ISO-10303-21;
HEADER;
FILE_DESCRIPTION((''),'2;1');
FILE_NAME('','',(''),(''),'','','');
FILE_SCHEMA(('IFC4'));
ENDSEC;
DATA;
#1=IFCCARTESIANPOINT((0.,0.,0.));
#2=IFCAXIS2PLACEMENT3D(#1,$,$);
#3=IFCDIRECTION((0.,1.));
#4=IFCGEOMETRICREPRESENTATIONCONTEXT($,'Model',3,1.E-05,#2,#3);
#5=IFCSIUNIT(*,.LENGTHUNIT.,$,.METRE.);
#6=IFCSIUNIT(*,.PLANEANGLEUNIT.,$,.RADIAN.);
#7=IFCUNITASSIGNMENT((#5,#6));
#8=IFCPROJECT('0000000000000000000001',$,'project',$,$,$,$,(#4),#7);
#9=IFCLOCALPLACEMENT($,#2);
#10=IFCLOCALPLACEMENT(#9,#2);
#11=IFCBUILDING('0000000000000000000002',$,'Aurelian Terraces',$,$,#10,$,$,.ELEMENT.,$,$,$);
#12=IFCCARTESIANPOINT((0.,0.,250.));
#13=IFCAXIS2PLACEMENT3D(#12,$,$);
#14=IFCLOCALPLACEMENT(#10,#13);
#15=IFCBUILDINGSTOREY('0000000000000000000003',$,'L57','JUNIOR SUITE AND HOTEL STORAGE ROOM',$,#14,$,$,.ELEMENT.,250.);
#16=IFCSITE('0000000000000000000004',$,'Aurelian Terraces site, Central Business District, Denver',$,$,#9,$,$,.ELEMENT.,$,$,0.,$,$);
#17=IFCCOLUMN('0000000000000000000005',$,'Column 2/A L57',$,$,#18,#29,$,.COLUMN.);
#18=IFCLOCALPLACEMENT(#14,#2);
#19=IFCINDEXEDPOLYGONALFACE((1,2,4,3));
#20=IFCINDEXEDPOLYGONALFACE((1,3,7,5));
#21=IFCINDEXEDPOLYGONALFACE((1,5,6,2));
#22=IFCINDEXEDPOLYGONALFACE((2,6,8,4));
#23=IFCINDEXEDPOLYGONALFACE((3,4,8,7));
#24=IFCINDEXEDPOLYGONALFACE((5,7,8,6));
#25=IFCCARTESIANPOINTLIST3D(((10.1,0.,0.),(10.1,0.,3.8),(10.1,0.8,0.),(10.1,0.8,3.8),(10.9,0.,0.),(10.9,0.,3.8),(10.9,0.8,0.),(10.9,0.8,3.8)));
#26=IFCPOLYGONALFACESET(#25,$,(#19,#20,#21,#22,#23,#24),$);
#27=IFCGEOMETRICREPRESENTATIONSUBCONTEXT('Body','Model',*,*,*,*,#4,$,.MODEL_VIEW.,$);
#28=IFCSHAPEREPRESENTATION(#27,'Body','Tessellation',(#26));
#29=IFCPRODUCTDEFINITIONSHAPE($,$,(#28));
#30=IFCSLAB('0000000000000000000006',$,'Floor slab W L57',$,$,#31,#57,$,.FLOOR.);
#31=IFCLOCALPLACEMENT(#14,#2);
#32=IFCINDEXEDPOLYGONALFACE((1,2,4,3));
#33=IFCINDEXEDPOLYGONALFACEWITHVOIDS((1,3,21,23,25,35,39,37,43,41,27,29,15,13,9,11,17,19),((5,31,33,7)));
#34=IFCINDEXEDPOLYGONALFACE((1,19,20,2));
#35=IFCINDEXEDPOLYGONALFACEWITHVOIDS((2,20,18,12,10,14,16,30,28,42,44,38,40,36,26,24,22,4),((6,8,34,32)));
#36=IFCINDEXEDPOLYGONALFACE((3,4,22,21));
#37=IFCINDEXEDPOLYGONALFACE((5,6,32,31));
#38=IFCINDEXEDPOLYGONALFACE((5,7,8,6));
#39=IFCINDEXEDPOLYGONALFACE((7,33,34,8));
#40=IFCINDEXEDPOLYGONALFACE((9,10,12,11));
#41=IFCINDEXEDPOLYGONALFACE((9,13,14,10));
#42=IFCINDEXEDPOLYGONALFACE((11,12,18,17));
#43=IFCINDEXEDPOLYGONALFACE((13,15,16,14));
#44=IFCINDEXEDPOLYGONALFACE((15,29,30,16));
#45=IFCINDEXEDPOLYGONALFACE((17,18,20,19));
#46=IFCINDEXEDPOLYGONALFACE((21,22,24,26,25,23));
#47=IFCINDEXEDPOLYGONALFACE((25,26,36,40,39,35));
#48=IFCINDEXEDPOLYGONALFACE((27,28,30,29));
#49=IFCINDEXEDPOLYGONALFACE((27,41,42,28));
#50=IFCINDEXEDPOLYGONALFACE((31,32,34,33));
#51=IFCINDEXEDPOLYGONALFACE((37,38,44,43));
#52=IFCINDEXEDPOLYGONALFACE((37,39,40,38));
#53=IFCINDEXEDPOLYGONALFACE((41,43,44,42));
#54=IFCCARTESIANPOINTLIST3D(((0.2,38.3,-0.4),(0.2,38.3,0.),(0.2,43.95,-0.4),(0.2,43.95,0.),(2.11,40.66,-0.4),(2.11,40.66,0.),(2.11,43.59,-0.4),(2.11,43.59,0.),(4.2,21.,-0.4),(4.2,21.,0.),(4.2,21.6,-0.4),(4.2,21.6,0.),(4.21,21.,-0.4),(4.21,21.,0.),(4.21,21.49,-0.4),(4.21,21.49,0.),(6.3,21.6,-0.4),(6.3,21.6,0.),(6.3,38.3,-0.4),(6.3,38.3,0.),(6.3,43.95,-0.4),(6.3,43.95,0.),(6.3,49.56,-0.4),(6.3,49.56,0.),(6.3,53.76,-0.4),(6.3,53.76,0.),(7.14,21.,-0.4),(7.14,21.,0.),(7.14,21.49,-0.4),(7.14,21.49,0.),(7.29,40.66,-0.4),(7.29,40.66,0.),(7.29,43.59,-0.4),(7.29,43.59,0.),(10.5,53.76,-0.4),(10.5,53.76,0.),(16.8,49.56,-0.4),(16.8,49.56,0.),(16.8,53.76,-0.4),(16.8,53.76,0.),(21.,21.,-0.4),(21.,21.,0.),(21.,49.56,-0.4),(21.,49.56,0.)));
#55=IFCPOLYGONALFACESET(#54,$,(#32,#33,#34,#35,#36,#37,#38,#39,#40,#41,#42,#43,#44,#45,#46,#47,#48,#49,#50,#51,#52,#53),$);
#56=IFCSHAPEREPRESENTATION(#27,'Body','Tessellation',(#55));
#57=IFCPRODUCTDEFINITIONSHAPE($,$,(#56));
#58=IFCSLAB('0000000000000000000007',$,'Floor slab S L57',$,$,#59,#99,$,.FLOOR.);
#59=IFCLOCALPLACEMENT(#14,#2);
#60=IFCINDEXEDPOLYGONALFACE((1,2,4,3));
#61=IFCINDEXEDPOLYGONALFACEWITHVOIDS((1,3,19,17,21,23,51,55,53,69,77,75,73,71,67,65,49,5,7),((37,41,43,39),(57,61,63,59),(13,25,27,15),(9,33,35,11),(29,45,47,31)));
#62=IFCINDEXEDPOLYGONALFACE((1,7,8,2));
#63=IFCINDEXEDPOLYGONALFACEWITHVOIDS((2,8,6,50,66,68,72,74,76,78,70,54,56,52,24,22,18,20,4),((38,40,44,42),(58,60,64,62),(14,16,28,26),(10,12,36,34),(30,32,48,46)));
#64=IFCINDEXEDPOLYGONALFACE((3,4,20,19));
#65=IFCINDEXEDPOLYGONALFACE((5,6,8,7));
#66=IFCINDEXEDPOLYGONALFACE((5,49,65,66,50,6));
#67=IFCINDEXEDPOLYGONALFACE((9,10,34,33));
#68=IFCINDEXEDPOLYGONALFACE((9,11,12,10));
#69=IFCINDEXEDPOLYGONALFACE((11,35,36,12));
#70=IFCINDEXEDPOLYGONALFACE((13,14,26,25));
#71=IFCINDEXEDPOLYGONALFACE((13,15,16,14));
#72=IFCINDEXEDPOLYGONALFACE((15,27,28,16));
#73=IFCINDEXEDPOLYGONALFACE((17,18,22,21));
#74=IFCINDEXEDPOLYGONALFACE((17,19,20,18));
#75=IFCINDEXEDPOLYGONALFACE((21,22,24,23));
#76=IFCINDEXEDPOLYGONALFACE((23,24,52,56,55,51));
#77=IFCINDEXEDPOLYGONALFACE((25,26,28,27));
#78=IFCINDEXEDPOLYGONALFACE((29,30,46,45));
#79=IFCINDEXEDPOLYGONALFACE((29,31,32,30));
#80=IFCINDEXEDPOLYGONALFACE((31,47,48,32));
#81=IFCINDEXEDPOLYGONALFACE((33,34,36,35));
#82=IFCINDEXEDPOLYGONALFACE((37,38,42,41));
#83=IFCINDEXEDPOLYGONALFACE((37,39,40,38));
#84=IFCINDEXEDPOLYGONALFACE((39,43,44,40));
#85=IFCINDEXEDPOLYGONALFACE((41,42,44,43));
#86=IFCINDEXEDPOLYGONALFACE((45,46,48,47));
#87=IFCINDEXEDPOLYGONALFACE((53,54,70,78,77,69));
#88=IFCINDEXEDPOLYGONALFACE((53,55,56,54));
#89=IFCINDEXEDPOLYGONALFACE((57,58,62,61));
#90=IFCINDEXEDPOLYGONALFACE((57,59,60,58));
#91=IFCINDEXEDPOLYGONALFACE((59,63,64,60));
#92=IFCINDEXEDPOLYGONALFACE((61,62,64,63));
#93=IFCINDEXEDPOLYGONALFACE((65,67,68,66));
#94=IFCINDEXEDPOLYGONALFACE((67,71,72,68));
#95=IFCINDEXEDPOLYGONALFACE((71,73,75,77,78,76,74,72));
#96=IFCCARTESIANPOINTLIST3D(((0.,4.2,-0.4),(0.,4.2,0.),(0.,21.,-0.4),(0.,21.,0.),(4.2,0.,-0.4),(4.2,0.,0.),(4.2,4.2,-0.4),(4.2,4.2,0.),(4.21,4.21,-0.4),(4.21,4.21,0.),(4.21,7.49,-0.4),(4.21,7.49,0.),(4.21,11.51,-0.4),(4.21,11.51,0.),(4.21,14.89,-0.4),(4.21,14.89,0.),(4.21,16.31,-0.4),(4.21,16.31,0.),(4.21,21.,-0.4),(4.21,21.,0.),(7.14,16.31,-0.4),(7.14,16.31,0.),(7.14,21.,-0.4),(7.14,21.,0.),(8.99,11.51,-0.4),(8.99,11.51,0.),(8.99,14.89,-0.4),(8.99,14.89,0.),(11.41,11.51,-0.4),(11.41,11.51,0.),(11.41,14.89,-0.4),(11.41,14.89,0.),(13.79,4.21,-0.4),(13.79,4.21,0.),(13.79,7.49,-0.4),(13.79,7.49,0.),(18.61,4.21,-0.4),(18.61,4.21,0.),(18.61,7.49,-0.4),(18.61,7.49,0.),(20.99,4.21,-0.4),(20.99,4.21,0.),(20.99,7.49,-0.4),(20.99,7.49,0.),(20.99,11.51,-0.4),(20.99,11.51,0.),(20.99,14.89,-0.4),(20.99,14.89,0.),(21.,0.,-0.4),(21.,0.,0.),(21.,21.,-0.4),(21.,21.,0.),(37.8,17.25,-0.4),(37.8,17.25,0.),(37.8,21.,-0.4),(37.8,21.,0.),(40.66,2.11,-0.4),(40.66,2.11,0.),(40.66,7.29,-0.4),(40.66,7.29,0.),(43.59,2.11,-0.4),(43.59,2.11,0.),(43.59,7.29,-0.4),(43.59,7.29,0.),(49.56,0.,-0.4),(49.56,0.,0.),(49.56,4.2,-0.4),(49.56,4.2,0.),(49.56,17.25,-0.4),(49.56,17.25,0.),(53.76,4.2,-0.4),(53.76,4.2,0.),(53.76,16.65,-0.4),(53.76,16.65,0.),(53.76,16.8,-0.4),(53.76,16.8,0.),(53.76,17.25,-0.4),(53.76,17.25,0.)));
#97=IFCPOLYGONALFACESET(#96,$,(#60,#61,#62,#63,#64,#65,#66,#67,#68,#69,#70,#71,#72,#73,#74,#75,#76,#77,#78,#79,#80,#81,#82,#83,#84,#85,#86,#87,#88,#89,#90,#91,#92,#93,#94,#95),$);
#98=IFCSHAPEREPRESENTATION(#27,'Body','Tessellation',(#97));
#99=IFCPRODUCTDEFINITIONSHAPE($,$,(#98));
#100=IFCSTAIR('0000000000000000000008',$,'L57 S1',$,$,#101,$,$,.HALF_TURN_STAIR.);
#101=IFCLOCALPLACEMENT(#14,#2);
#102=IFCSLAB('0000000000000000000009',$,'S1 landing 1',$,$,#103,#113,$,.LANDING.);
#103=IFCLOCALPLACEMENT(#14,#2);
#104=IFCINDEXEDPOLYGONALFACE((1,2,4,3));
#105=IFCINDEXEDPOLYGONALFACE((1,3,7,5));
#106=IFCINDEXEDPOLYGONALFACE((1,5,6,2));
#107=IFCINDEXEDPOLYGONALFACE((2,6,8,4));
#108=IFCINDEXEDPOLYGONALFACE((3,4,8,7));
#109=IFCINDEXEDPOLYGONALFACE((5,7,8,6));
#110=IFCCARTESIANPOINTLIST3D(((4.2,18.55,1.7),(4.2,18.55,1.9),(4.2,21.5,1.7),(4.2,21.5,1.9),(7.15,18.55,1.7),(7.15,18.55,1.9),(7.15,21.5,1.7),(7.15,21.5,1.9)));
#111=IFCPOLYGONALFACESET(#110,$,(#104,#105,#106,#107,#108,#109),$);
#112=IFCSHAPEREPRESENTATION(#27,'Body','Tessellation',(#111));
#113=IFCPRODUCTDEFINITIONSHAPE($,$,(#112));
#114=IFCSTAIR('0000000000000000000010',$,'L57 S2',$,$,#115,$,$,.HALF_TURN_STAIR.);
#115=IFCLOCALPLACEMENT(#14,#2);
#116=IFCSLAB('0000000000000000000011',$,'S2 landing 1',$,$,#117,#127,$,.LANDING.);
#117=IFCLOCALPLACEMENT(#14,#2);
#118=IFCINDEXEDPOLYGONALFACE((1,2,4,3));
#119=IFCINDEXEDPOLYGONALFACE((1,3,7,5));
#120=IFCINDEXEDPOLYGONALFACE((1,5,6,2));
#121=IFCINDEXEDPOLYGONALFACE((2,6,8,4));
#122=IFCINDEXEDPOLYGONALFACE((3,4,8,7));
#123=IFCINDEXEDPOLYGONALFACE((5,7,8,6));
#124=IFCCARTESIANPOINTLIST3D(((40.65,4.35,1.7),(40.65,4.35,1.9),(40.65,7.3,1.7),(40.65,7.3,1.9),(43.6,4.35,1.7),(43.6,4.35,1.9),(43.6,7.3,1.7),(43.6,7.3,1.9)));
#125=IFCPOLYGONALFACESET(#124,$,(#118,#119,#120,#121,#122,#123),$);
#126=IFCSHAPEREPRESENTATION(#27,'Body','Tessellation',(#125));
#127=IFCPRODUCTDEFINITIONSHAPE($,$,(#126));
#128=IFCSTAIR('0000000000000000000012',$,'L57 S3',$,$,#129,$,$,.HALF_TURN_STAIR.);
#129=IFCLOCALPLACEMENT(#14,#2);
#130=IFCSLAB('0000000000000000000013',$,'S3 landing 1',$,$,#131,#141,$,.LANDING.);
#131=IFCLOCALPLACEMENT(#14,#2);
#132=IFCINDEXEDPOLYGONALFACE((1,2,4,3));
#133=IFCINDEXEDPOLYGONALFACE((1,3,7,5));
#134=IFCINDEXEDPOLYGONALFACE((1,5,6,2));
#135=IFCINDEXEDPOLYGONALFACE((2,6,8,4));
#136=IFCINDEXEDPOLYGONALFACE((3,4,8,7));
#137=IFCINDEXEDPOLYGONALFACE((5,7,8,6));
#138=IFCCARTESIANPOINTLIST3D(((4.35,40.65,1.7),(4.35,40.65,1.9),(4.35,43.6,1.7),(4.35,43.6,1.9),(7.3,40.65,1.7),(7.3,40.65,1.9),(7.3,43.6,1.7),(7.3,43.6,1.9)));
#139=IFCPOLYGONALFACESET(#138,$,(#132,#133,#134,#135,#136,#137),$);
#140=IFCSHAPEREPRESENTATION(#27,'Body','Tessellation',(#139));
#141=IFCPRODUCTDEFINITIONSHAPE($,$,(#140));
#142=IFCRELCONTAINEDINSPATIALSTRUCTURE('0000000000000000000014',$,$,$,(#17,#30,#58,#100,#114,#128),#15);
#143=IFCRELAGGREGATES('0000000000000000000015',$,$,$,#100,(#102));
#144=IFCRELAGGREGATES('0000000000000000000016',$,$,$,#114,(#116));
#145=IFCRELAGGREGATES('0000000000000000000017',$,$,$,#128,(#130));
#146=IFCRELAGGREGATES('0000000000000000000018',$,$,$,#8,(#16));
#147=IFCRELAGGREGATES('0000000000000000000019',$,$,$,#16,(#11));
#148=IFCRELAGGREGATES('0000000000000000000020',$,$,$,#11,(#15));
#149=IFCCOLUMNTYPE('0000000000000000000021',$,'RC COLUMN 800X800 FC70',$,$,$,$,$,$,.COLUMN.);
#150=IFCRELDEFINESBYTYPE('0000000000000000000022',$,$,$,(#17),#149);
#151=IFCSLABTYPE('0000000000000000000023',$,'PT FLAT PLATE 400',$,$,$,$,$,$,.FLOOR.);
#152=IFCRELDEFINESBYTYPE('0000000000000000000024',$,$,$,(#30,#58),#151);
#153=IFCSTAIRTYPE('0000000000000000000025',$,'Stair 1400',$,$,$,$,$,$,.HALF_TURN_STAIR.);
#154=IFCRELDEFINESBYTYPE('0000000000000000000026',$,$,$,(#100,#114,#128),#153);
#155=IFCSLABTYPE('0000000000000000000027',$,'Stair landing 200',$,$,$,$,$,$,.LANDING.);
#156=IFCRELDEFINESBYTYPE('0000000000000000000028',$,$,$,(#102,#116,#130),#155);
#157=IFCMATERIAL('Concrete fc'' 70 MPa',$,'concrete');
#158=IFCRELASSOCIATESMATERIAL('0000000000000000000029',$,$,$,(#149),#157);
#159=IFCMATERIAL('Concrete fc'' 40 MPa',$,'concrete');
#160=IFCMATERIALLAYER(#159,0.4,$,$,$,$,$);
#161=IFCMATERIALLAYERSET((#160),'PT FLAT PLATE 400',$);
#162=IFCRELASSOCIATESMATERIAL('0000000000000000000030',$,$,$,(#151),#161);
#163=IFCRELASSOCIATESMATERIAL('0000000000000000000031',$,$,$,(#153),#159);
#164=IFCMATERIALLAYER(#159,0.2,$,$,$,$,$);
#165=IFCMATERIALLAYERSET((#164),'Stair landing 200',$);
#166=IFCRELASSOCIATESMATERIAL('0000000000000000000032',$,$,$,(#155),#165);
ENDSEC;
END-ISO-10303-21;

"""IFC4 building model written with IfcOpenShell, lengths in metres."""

from ifc_helpers import new_model, si_unit, direction, frame, origin, origin_2d, place, context, subcontext, project, spatial, polyline, rectangle, outline, extrude, source, transform, mapped, material, layer, layer_set, material_profile, profile_set, type_object, element, aggregate, save


model = new_model("IFC4")

# Units and contexts
model_context = context("Model", 3, precision=1e-05, world=origin(), true_north=direction((0.0, 1.0)))
body_context = subcontext(model_context, "Body", "Model", "MODEL_VIEW")
ifc_project = project(units=[si_unit("LENGTHUNIT", "METRE"), si_unit("PLANEANGLEUNIT", "RADIAN")], contexts=[model_context])

# Site, building, storey
site_placement = place(None, origin())
site = spatial("IfcSite", under=ifc_project, at=site_placement, Name="Aurelian Terraces site, Central Business District, Denver", CompositionType="ELEMENT", RefElevation=0.0)
building_placement = place(site_placement, origin())
building = spatial("IfcBuilding", under=site, at=building_placement, Name="Aurelian Terraces", CompositionType="ELEMENT")
storey_placement = place(building_placement, frame((0.0, 0.0, 250.0)))
storey = spatial("IfcBuildingStorey", under=building, at=storey_placement, Name="L57", Description="JUNIOR SUITE AND HOTEL STORAGE ROOM", CompositionType="ELEMENT", Elevation=250.0)

# Column
ifc_material_1 = material(Name="Concrete fc' 70 MPa", Category="concrete")
ifc_material_profile = material_profile(ifc_material_1, rectangle(XDim=0.8, YDim=0.8, at=origin_2d()))
ifc_profile_set = profile_set([ifc_material_profile], Name="Concrete fc' 70 MPa")
column_type = type_object("IfcColumnType", Name="RC COLUMN 800X800 FC70", PredefinedType="COLUMN", material=ifc_profile_set)
shared_shape_1 = source(origin(), body_context, "Body", "SweptSolid", [
    extrude(rectangle(XDim=0.8, YDim=0.8, at=origin_2d()), origin(), (0.0, 0.0, 1.0), 3.8),
])
column_placement = place(storey_placement, frame((10.5, 0.4, 0.0), z_axis=(0.0, 0.0, 1.0), x_axis=(1.0, 0.0, 0.0)))
element("IfcColumn", 1, at=column_placement, inside=storey, type_object=column_type, Name="Column 2/A L57", PredefinedType="COLUMN", context=body_context, shape_type="MappedRepresentation", body=[
    mapped(shared_shape_1, transform((0.0, 0.0, 0.0), scale=1.0)),
])

# Slabs
ifc_material_2 = material(Name="Concrete fc' 40 MPa", Category="concrete")
ifc_layer_1 = layer(ifc_material_2, 0.4)
ifc_layer_set_1 = layer_set([ifc_layer_1], Name="PT FLAT PLATE 400")
slab_type_1 = type_object("IfcSlabType", Name="PT FLAT PLATE 400", PredefinedType="FLOOR", material=ifc_layer_set_1)
shared_shape_2 = source(origin(), body_context, "Body", "SweptSolid", [
    extrude(outline(polyline([(0.2, 43.95), (6.3, 43.95), (6.3, 49.56), (6.3, 53.76), (10.5, 53.76), (16.8, 53.76), (16.8, 49.56), (21.0, 49.56), (21.0, 21.0), (7.14, 21.0), (7.14, 21.49), (4.21, 21.49), (4.21, 21.0), (4.2, 21.0), (4.2, 21.6), (6.3, 21.6), (6.3, 38.3), (0.2, 38.3), (0.2, 43.95)]), holes=[polyline([(7.29, 43.59), (2.11, 43.59), (2.11, 40.66), (7.29, 40.66), (7.29, 43.59)])]), origin(), (0.0, 0.0, 1.0), 0.4),
])
slab_1_placement = place(storey_placement, frame((0.0, 0.0, -0.4)))
element("IfcSlab", 2, at=slab_1_placement, inside=storey, type_object=slab_type_1, Name="Floor slab W L57", PredefinedType="FLOOR", context=body_context, shape_type="MappedRepresentation", body=[
    mapped(shared_shape_2, transform((0.0, 0.0, 0.0), scale=1.0)),
])
shared_shape_3 = source(origin(), body_context, "Body", "SweptSolid", [
    extrude(outline(polyline([(53.76, 4.2), (49.56, 4.2), (49.56, 0.0), (21.0, 0.0), (4.2, 0.0), (4.2, 4.2), (0.0, 4.2), (0.0, 21.0), (4.21, 21.0), (4.21, 16.31), (7.14, 16.31), (7.14, 21.0), (21.0, 21.0), (37.8, 21.0), (37.8, 17.25), (49.56, 17.25), (53.76, 17.25), (53.76, 16.8), (53.76, 16.65), (53.76, 4.2)]), holes=[polyline([(40.66, 2.11), (43.59, 2.11), (43.59, 7.29), (40.66, 7.29), (40.66, 2.11)]), polyline([(18.61, 7.49), (18.61, 4.21), (20.99, 4.21), (20.99, 7.49), (18.61, 7.49)]), polyline([(20.99, 14.89), (11.41, 14.89), (11.41, 11.51), (20.99, 11.51), (20.99, 14.89)]), polyline([(4.21, 7.49), (4.21, 4.21), (13.79, 4.21), (13.79, 7.49), (4.21, 7.49)]), polyline([(4.21, 14.89), (4.21, 11.51), (8.99, 11.51), (8.99, 14.89), (4.21, 14.89)])]), origin(), (0.0, 0.0, 1.0), 0.4),
])
slab_2_placement = place(storey_placement, frame((0.0, 0.0, -0.4)))
element("IfcSlab", 3, at=slab_2_placement, inside=storey, type_object=slab_type_1, Name="Floor slab S L57", PredefinedType="FLOOR", context=body_context, shape_type="MappedRepresentation", body=[
    mapped(shared_shape_3, transform((0.0, 0.0, 0.0), scale=1.0)),
])

# Stairs, slabs
stair_type = type_object("IfcStairType", Name="Stair 1400", PredefinedType="HALF_TURN_STAIR", material=ifc_material_2)
stair_1_placement = place(storey_placement, origin())
stair_1 = element("IfcStair", 4, at=stair_1_placement, inside=storey, type_object=stair_type, Name="L57 S1", PredefinedType="HALF_TURN_STAIR")
ifc_layer_2 = layer(ifc_material_2, 0.2)
ifc_layer_set_2 = layer_set([ifc_layer_2], Name="Stair landing 200")
slab_type_2 = type_object("IfcSlabType", Name="Stair landing 200", PredefinedType="LANDING", material=ifc_layer_set_2)
shared_shape_4 = source(origin(), body_context, "Body", "SweptSolid", [
    extrude(outline(polyline([(7.15, 18.55), (7.15, 21.5), (4.2, 21.5), (4.2, 18.55), (7.15, 18.55)])), origin(), (0.0, 0.0, 1.0), 0.2),
])
slab_3_placement = place(storey_placement, frame((0.0, 0.0, 1.7)))
slab_3 = element("IfcSlab", 5, at=slab_3_placement, type_object=slab_type_2, Name="S1 landing 1", PredefinedType="LANDING", context=body_context, shape_type="MappedRepresentation", body=[
    mapped(shared_shape_4, transform((0.0, 0.0, 0.0), scale=1.0)),
])
aggregate(stair_1, [slab_3])
stair_2_placement = place(storey_placement, origin())
stair_2 = element("IfcStair", 6, at=stair_2_placement, inside=storey, type_object=stair_type, Name="L57 S2", PredefinedType="HALF_TURN_STAIR")
shared_shape_5 = source(origin(), body_context, "Body", "SweptSolid", [
    extrude(outline(polyline([(43.6, 4.35), (43.6, 7.3), (40.65, 7.3), (40.65, 4.35), (43.6, 4.35)])), origin(), (0.0, 0.0, 1.0), 0.2),
])
slab_4_placement = place(storey_placement, frame((0.0, 0.0, 1.7)))
slab_4 = element("IfcSlab", 7, at=slab_4_placement, type_object=slab_type_2, Name="S2 landing 1", PredefinedType="LANDING", context=body_context, shape_type="MappedRepresentation", body=[
    mapped(shared_shape_5, transform((0.0, 0.0, 0.0), scale=1.0)),
])
aggregate(stair_2, [slab_4])
stair_3_placement = place(storey_placement, origin())
stair_3 = element("IfcStair", 8, at=stair_3_placement, inside=storey, type_object=stair_type, Name="L57 S3", PredefinedType="HALF_TURN_STAIR")
shared_shape_6 = source(origin(), body_context, "Body", "SweptSolid", [
    extrude(outline(polyline([(4.35, 40.65), (7.3, 40.65), (7.3, 43.6), (4.35, 43.6), (4.35, 40.65)])), origin(), (0.0, 0.0, 1.0), 0.2),
])
slab_5_placement = place(storey_placement, frame((0.0, 0.0, 1.7)))
slab_5 = element("IfcSlab", 9, at=slab_5_placement, type_object=slab_type_2, Name="S3 landing 1", PredefinedType="LANDING", context=body_context, shape_type="MappedRepresentation", body=[
    mapped(shared_shape_6, transform((0.0, 0.0, 0.0), scale=1.0)),
])
aggregate(stair_3, [slab_5])

save(model, "model.ifc")
